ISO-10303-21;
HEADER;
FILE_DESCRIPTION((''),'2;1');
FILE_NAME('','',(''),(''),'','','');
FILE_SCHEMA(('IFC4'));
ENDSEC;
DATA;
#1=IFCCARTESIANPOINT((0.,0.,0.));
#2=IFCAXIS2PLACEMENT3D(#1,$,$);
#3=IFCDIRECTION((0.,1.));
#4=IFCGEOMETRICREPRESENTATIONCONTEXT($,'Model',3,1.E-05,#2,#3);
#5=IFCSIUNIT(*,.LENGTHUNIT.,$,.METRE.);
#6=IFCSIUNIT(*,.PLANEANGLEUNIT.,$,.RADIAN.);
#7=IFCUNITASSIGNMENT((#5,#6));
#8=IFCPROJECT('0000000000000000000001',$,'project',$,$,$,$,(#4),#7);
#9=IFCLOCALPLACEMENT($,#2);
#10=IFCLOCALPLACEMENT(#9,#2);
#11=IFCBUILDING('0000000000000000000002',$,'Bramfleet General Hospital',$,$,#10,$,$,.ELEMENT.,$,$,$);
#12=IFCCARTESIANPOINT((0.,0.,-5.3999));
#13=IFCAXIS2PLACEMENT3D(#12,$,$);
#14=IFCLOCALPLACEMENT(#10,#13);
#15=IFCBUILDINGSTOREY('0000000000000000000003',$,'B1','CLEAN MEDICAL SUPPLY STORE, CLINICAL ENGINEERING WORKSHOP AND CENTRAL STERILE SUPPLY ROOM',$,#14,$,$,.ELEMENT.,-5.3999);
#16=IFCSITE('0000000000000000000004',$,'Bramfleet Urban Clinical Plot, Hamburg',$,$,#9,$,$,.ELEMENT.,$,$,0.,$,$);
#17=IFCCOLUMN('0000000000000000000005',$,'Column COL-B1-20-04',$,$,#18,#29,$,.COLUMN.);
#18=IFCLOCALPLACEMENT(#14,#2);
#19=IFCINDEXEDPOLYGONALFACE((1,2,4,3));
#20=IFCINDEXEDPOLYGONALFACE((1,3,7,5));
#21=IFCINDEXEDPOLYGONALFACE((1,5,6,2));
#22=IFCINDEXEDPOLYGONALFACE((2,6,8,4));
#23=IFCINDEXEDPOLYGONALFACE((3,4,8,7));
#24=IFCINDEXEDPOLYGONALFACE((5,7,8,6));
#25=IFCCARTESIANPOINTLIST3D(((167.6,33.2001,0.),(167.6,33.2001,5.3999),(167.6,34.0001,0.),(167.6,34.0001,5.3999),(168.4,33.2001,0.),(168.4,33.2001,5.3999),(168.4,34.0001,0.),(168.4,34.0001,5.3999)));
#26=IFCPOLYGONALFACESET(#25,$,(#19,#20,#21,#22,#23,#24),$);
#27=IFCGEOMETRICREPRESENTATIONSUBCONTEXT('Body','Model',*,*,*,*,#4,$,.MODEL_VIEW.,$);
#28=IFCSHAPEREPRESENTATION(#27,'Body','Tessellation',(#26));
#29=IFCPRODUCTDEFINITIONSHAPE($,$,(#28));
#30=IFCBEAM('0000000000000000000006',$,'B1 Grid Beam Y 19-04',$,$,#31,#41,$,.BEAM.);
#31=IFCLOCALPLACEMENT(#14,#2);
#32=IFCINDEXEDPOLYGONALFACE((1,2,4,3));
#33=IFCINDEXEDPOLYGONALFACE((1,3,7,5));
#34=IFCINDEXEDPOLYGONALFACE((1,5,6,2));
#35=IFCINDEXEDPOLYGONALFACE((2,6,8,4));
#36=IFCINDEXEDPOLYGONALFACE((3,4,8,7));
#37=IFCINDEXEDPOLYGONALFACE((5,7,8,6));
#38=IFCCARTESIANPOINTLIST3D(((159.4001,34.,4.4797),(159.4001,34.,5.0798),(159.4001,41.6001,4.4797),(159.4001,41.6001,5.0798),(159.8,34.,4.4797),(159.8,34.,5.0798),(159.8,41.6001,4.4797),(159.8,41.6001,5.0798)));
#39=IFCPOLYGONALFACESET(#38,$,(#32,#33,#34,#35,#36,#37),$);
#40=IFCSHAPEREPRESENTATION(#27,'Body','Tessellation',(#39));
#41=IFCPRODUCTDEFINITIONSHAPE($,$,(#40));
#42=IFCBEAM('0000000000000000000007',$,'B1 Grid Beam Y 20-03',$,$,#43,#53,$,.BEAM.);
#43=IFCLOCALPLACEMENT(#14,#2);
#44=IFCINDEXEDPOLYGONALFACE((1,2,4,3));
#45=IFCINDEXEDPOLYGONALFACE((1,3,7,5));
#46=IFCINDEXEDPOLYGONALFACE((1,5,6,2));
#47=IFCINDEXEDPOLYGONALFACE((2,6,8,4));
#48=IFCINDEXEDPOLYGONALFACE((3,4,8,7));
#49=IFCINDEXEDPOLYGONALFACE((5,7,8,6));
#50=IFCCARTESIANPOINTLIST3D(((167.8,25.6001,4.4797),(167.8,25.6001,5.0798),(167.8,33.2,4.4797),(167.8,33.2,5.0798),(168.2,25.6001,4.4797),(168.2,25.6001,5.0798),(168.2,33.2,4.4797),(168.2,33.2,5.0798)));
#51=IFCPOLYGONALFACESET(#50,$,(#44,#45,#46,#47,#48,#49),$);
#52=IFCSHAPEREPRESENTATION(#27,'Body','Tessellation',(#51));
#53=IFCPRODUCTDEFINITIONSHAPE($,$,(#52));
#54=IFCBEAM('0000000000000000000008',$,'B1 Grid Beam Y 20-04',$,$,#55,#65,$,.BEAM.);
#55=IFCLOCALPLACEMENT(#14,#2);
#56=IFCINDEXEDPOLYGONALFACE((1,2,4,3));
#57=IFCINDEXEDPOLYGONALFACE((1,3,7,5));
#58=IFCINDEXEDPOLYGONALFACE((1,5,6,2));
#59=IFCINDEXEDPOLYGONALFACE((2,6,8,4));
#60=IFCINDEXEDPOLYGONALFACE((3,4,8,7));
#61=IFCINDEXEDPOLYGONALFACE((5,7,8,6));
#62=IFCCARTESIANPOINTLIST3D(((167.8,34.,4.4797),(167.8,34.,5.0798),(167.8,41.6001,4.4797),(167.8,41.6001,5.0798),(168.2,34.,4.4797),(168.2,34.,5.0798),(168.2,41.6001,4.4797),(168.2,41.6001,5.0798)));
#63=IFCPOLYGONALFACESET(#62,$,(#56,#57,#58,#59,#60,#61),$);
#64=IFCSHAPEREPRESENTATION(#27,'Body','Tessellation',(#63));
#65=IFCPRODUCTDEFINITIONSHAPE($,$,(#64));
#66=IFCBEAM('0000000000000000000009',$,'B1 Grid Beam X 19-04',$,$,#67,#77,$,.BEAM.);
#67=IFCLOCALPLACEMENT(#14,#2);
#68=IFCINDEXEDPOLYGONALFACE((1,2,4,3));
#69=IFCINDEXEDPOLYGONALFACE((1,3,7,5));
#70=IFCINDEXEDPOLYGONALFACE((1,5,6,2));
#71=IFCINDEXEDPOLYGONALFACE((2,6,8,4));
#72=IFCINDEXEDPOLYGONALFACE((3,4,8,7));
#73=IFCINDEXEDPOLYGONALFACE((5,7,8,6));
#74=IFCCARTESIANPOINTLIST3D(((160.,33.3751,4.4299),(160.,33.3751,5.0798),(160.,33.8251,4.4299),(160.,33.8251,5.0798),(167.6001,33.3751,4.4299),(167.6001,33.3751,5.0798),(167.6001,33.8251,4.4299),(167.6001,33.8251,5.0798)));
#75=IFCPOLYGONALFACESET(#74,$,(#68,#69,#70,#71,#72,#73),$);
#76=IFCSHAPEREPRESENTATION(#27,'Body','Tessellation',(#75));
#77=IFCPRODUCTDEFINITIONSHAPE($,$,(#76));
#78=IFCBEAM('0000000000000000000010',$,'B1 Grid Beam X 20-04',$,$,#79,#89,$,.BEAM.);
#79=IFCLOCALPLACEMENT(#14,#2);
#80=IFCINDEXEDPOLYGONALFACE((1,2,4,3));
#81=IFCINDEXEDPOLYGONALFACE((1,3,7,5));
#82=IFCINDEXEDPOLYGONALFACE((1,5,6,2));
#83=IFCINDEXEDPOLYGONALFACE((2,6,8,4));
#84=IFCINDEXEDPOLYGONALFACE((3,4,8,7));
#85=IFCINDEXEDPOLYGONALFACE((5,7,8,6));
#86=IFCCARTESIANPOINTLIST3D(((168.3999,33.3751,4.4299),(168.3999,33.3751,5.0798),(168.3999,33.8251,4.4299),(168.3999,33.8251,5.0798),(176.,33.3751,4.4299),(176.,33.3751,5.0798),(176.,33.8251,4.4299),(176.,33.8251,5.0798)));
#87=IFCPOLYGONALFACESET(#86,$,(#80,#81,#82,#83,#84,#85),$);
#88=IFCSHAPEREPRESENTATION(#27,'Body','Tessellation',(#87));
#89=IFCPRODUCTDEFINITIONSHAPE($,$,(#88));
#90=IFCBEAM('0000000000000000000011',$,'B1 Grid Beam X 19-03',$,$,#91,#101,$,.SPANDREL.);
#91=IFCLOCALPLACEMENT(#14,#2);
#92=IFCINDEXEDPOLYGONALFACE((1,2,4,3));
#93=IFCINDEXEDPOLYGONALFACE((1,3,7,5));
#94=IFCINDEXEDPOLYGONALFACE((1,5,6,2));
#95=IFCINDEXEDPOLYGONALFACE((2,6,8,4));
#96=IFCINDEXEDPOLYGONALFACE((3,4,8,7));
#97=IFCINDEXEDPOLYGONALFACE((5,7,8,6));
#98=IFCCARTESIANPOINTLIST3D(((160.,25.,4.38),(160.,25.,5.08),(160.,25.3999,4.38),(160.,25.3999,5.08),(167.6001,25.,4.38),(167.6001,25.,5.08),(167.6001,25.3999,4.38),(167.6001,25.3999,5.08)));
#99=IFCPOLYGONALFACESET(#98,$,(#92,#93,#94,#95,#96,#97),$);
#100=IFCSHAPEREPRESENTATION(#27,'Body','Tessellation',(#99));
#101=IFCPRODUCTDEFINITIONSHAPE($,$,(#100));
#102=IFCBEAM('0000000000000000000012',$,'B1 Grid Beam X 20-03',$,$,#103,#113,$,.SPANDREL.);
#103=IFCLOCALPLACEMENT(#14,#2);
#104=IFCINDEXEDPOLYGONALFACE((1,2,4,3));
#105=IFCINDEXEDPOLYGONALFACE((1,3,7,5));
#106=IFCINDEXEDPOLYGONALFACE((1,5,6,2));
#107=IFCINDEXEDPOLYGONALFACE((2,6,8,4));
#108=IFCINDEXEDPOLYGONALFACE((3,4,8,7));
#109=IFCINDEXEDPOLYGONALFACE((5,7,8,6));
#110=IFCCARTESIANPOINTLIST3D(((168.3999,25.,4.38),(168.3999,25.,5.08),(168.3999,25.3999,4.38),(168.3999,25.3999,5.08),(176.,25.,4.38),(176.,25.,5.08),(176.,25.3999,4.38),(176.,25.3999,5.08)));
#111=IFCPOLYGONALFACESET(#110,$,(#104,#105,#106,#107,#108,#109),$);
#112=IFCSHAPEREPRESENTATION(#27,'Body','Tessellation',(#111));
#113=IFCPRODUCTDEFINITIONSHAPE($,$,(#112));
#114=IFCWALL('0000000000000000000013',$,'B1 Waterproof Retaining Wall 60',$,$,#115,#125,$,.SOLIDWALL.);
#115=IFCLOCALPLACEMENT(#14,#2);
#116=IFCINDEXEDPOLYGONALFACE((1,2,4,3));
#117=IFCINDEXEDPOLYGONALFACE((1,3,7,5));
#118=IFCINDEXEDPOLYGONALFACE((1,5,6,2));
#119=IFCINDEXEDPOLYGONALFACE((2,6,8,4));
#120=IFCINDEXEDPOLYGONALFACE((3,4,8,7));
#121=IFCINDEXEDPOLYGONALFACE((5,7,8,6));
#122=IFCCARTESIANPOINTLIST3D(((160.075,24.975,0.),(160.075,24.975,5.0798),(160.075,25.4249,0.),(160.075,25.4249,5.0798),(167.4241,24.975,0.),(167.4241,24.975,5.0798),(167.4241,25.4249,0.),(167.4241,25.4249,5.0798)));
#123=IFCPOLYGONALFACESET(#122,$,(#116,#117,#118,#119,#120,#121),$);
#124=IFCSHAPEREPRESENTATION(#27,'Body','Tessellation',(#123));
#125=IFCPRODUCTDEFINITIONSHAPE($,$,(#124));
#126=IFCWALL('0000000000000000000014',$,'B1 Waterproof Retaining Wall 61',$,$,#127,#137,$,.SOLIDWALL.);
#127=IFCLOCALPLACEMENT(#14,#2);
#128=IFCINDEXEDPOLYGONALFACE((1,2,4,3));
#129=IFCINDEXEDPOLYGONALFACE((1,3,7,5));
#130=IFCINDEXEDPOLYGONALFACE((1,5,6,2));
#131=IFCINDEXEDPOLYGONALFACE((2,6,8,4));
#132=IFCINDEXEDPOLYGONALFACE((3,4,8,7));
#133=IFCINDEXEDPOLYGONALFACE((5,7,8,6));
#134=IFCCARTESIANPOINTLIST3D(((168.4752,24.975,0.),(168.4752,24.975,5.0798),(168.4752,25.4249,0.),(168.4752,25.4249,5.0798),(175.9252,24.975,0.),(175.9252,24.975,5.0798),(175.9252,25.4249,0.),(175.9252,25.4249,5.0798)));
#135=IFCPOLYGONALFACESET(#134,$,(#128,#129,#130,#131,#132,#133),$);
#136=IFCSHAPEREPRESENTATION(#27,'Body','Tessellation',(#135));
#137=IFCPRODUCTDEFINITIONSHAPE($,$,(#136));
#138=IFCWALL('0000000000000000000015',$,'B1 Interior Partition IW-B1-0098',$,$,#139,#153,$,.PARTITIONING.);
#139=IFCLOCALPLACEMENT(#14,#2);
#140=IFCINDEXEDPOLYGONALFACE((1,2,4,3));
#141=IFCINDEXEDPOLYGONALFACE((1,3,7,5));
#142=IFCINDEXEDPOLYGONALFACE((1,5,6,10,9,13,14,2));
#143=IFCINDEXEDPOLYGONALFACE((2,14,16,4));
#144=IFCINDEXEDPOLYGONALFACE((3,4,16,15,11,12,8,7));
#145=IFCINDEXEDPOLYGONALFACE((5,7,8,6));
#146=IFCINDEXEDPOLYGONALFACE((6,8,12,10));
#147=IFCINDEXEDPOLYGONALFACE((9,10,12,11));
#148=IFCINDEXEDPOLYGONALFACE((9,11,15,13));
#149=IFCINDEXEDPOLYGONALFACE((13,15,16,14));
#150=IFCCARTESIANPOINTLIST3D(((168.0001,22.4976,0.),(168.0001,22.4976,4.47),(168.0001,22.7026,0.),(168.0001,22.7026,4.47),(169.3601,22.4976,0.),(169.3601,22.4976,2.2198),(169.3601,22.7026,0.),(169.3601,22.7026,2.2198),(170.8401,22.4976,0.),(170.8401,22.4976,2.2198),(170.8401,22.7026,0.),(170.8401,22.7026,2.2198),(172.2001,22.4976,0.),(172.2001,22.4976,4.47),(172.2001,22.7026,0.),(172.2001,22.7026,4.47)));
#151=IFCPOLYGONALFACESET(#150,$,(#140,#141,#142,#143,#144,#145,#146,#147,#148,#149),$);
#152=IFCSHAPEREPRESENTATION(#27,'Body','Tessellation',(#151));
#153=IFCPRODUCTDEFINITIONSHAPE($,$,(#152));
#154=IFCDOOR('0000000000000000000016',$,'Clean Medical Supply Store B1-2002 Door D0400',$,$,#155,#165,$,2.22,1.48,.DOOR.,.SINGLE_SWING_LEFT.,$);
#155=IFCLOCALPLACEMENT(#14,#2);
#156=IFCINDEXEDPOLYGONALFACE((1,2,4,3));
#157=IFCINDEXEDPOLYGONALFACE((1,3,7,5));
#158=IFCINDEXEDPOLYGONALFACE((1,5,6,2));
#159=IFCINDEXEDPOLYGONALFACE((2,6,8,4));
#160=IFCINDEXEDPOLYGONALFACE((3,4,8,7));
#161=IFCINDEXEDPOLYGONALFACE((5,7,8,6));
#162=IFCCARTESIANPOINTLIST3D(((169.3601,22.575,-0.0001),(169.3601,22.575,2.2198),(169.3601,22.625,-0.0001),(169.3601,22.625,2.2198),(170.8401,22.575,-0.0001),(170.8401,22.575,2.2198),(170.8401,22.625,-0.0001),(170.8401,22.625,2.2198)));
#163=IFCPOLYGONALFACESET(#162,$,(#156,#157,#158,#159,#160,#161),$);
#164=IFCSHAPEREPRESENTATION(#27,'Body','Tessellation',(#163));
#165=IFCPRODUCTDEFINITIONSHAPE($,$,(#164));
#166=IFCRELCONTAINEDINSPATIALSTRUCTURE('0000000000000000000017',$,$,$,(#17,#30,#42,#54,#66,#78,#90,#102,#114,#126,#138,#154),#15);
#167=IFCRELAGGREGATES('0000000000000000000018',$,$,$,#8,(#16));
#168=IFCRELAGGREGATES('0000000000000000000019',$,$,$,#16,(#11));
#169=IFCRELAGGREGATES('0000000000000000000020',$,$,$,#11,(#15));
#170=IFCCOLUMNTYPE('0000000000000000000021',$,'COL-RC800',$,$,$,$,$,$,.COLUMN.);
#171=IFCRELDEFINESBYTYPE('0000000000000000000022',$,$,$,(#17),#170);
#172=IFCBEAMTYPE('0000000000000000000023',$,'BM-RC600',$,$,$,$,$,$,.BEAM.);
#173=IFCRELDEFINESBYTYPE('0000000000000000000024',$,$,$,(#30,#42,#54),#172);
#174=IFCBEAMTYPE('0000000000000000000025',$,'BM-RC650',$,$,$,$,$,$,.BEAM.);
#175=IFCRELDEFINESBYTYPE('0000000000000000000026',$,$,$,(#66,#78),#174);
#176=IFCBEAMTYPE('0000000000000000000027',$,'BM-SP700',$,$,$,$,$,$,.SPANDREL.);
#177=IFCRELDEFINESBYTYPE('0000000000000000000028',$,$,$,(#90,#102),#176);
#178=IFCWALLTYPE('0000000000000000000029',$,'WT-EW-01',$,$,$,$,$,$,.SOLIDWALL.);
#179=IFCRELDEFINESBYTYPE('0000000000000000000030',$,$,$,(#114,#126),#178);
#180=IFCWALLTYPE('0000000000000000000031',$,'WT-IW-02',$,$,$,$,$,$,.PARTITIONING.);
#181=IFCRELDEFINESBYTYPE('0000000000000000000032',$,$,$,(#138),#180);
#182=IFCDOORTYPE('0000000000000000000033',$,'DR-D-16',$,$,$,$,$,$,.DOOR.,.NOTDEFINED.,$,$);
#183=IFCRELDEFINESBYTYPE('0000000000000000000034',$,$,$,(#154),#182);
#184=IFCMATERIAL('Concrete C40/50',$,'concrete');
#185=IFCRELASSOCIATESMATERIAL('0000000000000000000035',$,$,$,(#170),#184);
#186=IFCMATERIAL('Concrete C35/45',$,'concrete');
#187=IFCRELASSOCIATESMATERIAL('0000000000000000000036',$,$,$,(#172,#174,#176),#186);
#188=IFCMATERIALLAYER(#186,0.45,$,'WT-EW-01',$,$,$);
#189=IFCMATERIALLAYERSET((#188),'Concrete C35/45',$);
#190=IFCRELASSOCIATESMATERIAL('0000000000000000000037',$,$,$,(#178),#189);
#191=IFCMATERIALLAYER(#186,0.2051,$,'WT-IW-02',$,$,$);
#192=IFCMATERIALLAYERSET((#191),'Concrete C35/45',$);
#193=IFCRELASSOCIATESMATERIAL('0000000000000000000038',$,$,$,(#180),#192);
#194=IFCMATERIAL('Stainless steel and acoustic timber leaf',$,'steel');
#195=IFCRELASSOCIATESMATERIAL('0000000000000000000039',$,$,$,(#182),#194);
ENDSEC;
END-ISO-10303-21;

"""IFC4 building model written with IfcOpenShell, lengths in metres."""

from ifc_helpers import new_model, si_unit, direction, frame, frame_2d, origin, origin_2d, place, context, subcontext, project, spatial, rectangle, extrude, material, layer, layer_set, material_profile, profile_set, type_object, element, fill, save


model = new_model("IFC4")

# Units and contexts
model_context = context("Model", 3, precision=1e-05, world=origin(), true_north=direction((0.0, 1.0)))
body_context = subcontext(model_context, "Body", "Model", "MODEL_VIEW")
ifc_project = project(units=[si_unit("LENGTHUNIT", "METRE"), si_unit("PLANEANGLEUNIT", "RADIAN")], contexts=[model_context])

# Site, building, storey
site_placement = place(None, origin())
site = spatial("IfcSite", under=ifc_project, at=site_placement, Name="Bramfleet Urban Clinical Plot, Hamburg", CompositionType="ELEMENT", RefElevation=0.0)
building_placement = place(site_placement, origin())
building = spatial("IfcBuilding", under=site, at=building_placement, Name="Bramfleet General Hospital", CompositionType="ELEMENT")
storey_placement = place(building_placement, frame((0.0, 0.0, -5.3999)))
storey = spatial("IfcBuildingStorey", under=building, at=storey_placement, Name="B1", Description="CLEAN MEDICAL SUPPLY STORE, CLINICAL ENGINEERING WORKSHOP AND CENTRAL STERILE SUPPLY ROOM", CompositionType="ELEMENT", Elevation=-5.3999)

# Shared definitions
ifc_material_1 = material(Name="Concrete C35/45", Category="concrete")

# Column
ifc_material_2 = material(Name="Concrete C40/50", Category="concrete")
ifc_material_profile_1 = material_profile(ifc_material_2, rectangle(XDim=0.8, YDim=0.8, at=origin_2d()), Name="RC COL 800x800")
ifc_profile_set_1 = profile_set([ifc_material_profile_1], Name="Concrete C40/50")
column_type_1 = type_object("IfcColumnType", Name="COL-RC800", PredefinedType="COLUMN", material=ifc_profile_set_1)
for number, where, z_axis, x_axis, name in (
    (1, (168.0, 33.6001, 0.0), (0.0, 0.0, 1.0), (1.0, 0.0, 0.0), "Column COL-B1-20-04"),
):
    element("IfcColumn", number, at=place(storey_placement, frame(where, z_axis=z_axis, x_axis=x_axis)), inside=storey, type_object=column_type_1, Name=name, PredefinedType="COLUMN", context=body_context, shape_type="SweptSolid", body=[
        extrude(rectangle(XDim=0.8, YDim=0.8, at=origin_2d()), origin(), (0.0, 0.0, 1.0), 5.3999),
    ])

# Beams
ifc_material_profile_2 = material_profile(ifc_material_1, rectangle(XDim=0.3999, YDim=0.6001, at=origin_2d()), Name="RC BM 600x400")
ifc_profile_set_2 = profile_set([ifc_material_profile_2], Name="Concrete C35/45")
beam_type_1 = type_object("IfcBeamType", Name="BM-RC600", PredefinedType="BEAM", material=ifc_profile_set_2)
beam_1_placement = place(storey_placement, frame((159.6001, 34.0, 4.7798), z_axis=(0.0, 1.0, 0.0), x_axis=(-1.0, 0.0, 0.0)))
element("IfcBeam", 2, at=beam_1_placement, inside=storey, type_object=beam_type_1, Name="B1 Grid Beam Y 19-04", PredefinedType="BEAM", context=body_context, shape_type="SweptSolid", body=[
    extrude(rectangle(XDim=0.3999, YDim=0.6001, at=origin_2d()), origin(), (0.0, 0.0, 1.0), 7.6001),
])
beam_2_placement = place(storey_placement, frame((168.0, 25.6001, 4.7798), z_axis=(0.0, 1.0, 0.0), x_axis=(-1.0, 0.0, 0.0)))
element("IfcBeam", 3, at=beam_2_placement, inside=storey, type_object=beam_type_1, Name="B1 Grid Beam Y 20-03", PredefinedType="BEAM", context=body_context, shape_type="SweptSolid", body=[
    extrude(rectangle(XDim=0.3999, YDim=0.6001, at=origin_2d()), origin(), (0.0, 0.0, 1.0), 7.5999),
])
beam_3_placement = place(storey_placement, frame((168.0, 34.0, 4.7798), z_axis=(0.0, 1.0, 0.0), x_axis=(-1.0, 0.0, 0.0)))
element("IfcBeam", 4, at=beam_3_placement, inside=storey, type_object=beam_type_1, Name="B1 Grid Beam Y 20-04", PredefinedType="BEAM", context=body_context, shape_type="SweptSolid", body=[
    extrude(rectangle(XDim=0.3999, YDim=0.6001, at=origin_2d()), origin(), (0.0, 0.0, 1.0), 7.6001),
])
ifc_material_profile_3 = material_profile(ifc_material_1, rectangle(XDim=0.45, YDim=0.6499, at=origin_2d()), Name="RC BM 650x450")
ifc_profile_set_3 = profile_set([ifc_material_profile_3], Name="Concrete C35/45")
beam_type_2 = type_object("IfcBeamType", Name="BM-RC650", PredefinedType="BEAM", material=ifc_profile_set_3)
for number, where, z_axis, x_axis, name in (
    (5, (160.0, 33.6001, 4.7549), (1.0, 0.0, 0.0), (0.0, 1.0, 0.0), "B1 Grid Beam X 19-04"),
    (6, (168.3999, 33.6001, 4.7549), (1.0, 0.0, 0.0), (0.0, 1.0, 0.0), "B1 Grid Beam X 20-04"),
):
    element("IfcBeam", number, at=place(storey_placement, frame(where, z_axis=z_axis, x_axis=x_axis)), inside=storey, type_object=beam_type_2, Name=name, PredefinedType="BEAM", context=body_context, shape_type="SweptSolid", body=[
        extrude(rectangle(XDim=0.45, YDim=0.6499, at=origin_2d()), origin(), (0.0, 0.0, 1.0), 7.6001),
    ])
ifc_material_profile_4 = material_profile(ifc_material_1, rectangle(XDim=0.3999, YDim=0.7, at=origin_2d()), Name="RC SP 700x400")
ifc_profile_set_4 = profile_set([ifc_material_profile_4], Name="Concrete C35/45")
beam_type_3 = type_object("IfcBeamType", Name="BM-SP700", PredefinedType="SPANDREL", material=ifc_profile_set_4)
for number, where, z_axis, x_axis, name in (
    (7, (160.0, 25.2, 4.73), (1.0, 0.0, 0.0), (0.0, 1.0, 0.0), "B1 Grid Beam X 19-03"),
    (8, (168.3999, 25.2, 4.73), (1.0, 0.0, 0.0), (0.0, 1.0, 0.0), "B1 Grid Beam X 20-03"),
):
    element("IfcBeam", number, at=place(storey_placement, frame(where, z_axis=z_axis, x_axis=x_axis)), inside=storey, type_object=beam_type_3, Name=name, PredefinedType="SPANDREL", context=body_context, shape_type="SweptSolid", body=[
        extrude(rectangle(XDim=0.3999, YDim=0.7, at=origin_2d()), origin(), (0.0, 0.0, 1.0), 7.6001),
    ])

# Walls
ifc_layer_1 = layer(ifc_material_1, 0.45, Name="WT-EW-01")
ifc_layer_set_1 = layer_set([ifc_layer_1], Name="Concrete C35/45")
wall_type_1 = type_object("IfcWallType", Name="WT-EW-01", PredefinedType="SOLIDWALL", material=ifc_layer_set_1)
wall_1_placement = place(storey_placement, frame((160.075, 25.2, 0.0), z_axis=(0.0, 0.0, 1.0), x_axis=(1.0, 0.0, 0.0)))
element("IfcWall", 9, at=wall_1_placement, inside=storey, type_object=wall_type_1, Name="B1 Waterproof Retaining Wall 60", PredefinedType="SOLIDWALL", context=body_context, shape_type="SweptSolid", body=[
    extrude(rectangle(XDim=7.3491, YDim=0.45, at=frame_2d((3.6746, 0.0))), origin(), (0.0, 0.0, 1.0), 5.0798),
])
wall_2_placement = place(storey_placement, frame((168.4751, 25.2, 0.0), z_axis=(0.0, 0.0, 1.0), x_axis=(1.0, 0.0, 0.0)))
element("IfcWall", 10, at=wall_2_placement, inside=storey, type_object=wall_type_1, Name="B1 Waterproof Retaining Wall 61", PredefinedType="SOLIDWALL", context=body_context, shape_type="SweptSolid", body=[
    extrude(rectangle(XDim=7.45, YDim=0.45, at=frame_2d((3.7251, 0.0))), origin(), (0.0, 0.0, 1.0), 5.0798),
])

# Wall, opening, door
ifc_layer_2 = layer(ifc_material_1, 0.2051, Name="WT-IW-02")
ifc_layer_set_2 = layer_set([ifc_layer_2], Name="Concrete C35/45")
wall_type_2 = type_object("IfcWallType", Name="WT-IW-02", PredefinedType="PARTITIONING", material=ifc_layer_set_2)
wall_3_placement = place(storey_placement, frame((168.0, 22.6001, 0.0), z_axis=(0.0, 0.0, 1.0), x_axis=(1.0, 0.0, 0.0)))
wall_3 = element("IfcWall", 11, at=wall_3_placement, inside=storey, type_object=wall_type_2, Name="B1 Interior Partition IW-B1-0098", PredefinedType="PARTITIONING", context=body_context, shape_type="SweptSolid", body=[
    extrude(rectangle(XDim=4.2, YDim=0.2051, at=frame_2d((2.1001, 0.0))), origin(), (0.0, 0.0, 1.0), 4.47),
])
opening_placement = place(wall_3_placement, frame((1.3601, 0.0, 0.0)))
opening = element("IfcOpeningElement", 12, at=opening_placement, cuts=wall_3, PredefinedType="OPENING", context=body_context, shape_type="SweptSolid", body=[
    extrude(rectangle(XDim=1.48, YDim=2.22, at=frame_2d((0.74, 1.1099))), frame((0.0, 0.1125, 0.0), z_axis=(0.0, -1.0, 0.0), x_axis=(1.0, 0.0, 0.0)), (0.0, 0.0, 1.0), 0.2251),
])
ifc_material_3 = material(Name="Stainless steel and acoustic timber leaf", Category="steel")
door_type = type_object("IfcDoorType", Name="DR-D-16", OperationType="NOTDEFINED", PredefinedType="DOOR", material=ifc_material_3)
door_placement = place(opening_placement, origin())
door = element("IfcDoor", 13, at=door_placement, inside=storey, type_object=door_type, Name="Clean Medical Supply Store B1-2002 Door D0400", OperationType="SINGLE_SWING_LEFT", OverallHeight=2.22, OverallWidth=1.48, PredefinedType="DOOR", context=body_context, shape_type="SweptSolid", body=[
    extrude(rectangle(XDim=1.48, YDim=2.22, at=frame_2d((0.74, 1.1099))), frame((0.0, 0.0249, 0.0), z_axis=(0.0, -1.0, 0.0), x_axis=(1.0, 0.0, 0.0)), (0.0, 0.0, 1.0), 0.05),
])
fill(opening, door)

save(model, "model.ifc")
